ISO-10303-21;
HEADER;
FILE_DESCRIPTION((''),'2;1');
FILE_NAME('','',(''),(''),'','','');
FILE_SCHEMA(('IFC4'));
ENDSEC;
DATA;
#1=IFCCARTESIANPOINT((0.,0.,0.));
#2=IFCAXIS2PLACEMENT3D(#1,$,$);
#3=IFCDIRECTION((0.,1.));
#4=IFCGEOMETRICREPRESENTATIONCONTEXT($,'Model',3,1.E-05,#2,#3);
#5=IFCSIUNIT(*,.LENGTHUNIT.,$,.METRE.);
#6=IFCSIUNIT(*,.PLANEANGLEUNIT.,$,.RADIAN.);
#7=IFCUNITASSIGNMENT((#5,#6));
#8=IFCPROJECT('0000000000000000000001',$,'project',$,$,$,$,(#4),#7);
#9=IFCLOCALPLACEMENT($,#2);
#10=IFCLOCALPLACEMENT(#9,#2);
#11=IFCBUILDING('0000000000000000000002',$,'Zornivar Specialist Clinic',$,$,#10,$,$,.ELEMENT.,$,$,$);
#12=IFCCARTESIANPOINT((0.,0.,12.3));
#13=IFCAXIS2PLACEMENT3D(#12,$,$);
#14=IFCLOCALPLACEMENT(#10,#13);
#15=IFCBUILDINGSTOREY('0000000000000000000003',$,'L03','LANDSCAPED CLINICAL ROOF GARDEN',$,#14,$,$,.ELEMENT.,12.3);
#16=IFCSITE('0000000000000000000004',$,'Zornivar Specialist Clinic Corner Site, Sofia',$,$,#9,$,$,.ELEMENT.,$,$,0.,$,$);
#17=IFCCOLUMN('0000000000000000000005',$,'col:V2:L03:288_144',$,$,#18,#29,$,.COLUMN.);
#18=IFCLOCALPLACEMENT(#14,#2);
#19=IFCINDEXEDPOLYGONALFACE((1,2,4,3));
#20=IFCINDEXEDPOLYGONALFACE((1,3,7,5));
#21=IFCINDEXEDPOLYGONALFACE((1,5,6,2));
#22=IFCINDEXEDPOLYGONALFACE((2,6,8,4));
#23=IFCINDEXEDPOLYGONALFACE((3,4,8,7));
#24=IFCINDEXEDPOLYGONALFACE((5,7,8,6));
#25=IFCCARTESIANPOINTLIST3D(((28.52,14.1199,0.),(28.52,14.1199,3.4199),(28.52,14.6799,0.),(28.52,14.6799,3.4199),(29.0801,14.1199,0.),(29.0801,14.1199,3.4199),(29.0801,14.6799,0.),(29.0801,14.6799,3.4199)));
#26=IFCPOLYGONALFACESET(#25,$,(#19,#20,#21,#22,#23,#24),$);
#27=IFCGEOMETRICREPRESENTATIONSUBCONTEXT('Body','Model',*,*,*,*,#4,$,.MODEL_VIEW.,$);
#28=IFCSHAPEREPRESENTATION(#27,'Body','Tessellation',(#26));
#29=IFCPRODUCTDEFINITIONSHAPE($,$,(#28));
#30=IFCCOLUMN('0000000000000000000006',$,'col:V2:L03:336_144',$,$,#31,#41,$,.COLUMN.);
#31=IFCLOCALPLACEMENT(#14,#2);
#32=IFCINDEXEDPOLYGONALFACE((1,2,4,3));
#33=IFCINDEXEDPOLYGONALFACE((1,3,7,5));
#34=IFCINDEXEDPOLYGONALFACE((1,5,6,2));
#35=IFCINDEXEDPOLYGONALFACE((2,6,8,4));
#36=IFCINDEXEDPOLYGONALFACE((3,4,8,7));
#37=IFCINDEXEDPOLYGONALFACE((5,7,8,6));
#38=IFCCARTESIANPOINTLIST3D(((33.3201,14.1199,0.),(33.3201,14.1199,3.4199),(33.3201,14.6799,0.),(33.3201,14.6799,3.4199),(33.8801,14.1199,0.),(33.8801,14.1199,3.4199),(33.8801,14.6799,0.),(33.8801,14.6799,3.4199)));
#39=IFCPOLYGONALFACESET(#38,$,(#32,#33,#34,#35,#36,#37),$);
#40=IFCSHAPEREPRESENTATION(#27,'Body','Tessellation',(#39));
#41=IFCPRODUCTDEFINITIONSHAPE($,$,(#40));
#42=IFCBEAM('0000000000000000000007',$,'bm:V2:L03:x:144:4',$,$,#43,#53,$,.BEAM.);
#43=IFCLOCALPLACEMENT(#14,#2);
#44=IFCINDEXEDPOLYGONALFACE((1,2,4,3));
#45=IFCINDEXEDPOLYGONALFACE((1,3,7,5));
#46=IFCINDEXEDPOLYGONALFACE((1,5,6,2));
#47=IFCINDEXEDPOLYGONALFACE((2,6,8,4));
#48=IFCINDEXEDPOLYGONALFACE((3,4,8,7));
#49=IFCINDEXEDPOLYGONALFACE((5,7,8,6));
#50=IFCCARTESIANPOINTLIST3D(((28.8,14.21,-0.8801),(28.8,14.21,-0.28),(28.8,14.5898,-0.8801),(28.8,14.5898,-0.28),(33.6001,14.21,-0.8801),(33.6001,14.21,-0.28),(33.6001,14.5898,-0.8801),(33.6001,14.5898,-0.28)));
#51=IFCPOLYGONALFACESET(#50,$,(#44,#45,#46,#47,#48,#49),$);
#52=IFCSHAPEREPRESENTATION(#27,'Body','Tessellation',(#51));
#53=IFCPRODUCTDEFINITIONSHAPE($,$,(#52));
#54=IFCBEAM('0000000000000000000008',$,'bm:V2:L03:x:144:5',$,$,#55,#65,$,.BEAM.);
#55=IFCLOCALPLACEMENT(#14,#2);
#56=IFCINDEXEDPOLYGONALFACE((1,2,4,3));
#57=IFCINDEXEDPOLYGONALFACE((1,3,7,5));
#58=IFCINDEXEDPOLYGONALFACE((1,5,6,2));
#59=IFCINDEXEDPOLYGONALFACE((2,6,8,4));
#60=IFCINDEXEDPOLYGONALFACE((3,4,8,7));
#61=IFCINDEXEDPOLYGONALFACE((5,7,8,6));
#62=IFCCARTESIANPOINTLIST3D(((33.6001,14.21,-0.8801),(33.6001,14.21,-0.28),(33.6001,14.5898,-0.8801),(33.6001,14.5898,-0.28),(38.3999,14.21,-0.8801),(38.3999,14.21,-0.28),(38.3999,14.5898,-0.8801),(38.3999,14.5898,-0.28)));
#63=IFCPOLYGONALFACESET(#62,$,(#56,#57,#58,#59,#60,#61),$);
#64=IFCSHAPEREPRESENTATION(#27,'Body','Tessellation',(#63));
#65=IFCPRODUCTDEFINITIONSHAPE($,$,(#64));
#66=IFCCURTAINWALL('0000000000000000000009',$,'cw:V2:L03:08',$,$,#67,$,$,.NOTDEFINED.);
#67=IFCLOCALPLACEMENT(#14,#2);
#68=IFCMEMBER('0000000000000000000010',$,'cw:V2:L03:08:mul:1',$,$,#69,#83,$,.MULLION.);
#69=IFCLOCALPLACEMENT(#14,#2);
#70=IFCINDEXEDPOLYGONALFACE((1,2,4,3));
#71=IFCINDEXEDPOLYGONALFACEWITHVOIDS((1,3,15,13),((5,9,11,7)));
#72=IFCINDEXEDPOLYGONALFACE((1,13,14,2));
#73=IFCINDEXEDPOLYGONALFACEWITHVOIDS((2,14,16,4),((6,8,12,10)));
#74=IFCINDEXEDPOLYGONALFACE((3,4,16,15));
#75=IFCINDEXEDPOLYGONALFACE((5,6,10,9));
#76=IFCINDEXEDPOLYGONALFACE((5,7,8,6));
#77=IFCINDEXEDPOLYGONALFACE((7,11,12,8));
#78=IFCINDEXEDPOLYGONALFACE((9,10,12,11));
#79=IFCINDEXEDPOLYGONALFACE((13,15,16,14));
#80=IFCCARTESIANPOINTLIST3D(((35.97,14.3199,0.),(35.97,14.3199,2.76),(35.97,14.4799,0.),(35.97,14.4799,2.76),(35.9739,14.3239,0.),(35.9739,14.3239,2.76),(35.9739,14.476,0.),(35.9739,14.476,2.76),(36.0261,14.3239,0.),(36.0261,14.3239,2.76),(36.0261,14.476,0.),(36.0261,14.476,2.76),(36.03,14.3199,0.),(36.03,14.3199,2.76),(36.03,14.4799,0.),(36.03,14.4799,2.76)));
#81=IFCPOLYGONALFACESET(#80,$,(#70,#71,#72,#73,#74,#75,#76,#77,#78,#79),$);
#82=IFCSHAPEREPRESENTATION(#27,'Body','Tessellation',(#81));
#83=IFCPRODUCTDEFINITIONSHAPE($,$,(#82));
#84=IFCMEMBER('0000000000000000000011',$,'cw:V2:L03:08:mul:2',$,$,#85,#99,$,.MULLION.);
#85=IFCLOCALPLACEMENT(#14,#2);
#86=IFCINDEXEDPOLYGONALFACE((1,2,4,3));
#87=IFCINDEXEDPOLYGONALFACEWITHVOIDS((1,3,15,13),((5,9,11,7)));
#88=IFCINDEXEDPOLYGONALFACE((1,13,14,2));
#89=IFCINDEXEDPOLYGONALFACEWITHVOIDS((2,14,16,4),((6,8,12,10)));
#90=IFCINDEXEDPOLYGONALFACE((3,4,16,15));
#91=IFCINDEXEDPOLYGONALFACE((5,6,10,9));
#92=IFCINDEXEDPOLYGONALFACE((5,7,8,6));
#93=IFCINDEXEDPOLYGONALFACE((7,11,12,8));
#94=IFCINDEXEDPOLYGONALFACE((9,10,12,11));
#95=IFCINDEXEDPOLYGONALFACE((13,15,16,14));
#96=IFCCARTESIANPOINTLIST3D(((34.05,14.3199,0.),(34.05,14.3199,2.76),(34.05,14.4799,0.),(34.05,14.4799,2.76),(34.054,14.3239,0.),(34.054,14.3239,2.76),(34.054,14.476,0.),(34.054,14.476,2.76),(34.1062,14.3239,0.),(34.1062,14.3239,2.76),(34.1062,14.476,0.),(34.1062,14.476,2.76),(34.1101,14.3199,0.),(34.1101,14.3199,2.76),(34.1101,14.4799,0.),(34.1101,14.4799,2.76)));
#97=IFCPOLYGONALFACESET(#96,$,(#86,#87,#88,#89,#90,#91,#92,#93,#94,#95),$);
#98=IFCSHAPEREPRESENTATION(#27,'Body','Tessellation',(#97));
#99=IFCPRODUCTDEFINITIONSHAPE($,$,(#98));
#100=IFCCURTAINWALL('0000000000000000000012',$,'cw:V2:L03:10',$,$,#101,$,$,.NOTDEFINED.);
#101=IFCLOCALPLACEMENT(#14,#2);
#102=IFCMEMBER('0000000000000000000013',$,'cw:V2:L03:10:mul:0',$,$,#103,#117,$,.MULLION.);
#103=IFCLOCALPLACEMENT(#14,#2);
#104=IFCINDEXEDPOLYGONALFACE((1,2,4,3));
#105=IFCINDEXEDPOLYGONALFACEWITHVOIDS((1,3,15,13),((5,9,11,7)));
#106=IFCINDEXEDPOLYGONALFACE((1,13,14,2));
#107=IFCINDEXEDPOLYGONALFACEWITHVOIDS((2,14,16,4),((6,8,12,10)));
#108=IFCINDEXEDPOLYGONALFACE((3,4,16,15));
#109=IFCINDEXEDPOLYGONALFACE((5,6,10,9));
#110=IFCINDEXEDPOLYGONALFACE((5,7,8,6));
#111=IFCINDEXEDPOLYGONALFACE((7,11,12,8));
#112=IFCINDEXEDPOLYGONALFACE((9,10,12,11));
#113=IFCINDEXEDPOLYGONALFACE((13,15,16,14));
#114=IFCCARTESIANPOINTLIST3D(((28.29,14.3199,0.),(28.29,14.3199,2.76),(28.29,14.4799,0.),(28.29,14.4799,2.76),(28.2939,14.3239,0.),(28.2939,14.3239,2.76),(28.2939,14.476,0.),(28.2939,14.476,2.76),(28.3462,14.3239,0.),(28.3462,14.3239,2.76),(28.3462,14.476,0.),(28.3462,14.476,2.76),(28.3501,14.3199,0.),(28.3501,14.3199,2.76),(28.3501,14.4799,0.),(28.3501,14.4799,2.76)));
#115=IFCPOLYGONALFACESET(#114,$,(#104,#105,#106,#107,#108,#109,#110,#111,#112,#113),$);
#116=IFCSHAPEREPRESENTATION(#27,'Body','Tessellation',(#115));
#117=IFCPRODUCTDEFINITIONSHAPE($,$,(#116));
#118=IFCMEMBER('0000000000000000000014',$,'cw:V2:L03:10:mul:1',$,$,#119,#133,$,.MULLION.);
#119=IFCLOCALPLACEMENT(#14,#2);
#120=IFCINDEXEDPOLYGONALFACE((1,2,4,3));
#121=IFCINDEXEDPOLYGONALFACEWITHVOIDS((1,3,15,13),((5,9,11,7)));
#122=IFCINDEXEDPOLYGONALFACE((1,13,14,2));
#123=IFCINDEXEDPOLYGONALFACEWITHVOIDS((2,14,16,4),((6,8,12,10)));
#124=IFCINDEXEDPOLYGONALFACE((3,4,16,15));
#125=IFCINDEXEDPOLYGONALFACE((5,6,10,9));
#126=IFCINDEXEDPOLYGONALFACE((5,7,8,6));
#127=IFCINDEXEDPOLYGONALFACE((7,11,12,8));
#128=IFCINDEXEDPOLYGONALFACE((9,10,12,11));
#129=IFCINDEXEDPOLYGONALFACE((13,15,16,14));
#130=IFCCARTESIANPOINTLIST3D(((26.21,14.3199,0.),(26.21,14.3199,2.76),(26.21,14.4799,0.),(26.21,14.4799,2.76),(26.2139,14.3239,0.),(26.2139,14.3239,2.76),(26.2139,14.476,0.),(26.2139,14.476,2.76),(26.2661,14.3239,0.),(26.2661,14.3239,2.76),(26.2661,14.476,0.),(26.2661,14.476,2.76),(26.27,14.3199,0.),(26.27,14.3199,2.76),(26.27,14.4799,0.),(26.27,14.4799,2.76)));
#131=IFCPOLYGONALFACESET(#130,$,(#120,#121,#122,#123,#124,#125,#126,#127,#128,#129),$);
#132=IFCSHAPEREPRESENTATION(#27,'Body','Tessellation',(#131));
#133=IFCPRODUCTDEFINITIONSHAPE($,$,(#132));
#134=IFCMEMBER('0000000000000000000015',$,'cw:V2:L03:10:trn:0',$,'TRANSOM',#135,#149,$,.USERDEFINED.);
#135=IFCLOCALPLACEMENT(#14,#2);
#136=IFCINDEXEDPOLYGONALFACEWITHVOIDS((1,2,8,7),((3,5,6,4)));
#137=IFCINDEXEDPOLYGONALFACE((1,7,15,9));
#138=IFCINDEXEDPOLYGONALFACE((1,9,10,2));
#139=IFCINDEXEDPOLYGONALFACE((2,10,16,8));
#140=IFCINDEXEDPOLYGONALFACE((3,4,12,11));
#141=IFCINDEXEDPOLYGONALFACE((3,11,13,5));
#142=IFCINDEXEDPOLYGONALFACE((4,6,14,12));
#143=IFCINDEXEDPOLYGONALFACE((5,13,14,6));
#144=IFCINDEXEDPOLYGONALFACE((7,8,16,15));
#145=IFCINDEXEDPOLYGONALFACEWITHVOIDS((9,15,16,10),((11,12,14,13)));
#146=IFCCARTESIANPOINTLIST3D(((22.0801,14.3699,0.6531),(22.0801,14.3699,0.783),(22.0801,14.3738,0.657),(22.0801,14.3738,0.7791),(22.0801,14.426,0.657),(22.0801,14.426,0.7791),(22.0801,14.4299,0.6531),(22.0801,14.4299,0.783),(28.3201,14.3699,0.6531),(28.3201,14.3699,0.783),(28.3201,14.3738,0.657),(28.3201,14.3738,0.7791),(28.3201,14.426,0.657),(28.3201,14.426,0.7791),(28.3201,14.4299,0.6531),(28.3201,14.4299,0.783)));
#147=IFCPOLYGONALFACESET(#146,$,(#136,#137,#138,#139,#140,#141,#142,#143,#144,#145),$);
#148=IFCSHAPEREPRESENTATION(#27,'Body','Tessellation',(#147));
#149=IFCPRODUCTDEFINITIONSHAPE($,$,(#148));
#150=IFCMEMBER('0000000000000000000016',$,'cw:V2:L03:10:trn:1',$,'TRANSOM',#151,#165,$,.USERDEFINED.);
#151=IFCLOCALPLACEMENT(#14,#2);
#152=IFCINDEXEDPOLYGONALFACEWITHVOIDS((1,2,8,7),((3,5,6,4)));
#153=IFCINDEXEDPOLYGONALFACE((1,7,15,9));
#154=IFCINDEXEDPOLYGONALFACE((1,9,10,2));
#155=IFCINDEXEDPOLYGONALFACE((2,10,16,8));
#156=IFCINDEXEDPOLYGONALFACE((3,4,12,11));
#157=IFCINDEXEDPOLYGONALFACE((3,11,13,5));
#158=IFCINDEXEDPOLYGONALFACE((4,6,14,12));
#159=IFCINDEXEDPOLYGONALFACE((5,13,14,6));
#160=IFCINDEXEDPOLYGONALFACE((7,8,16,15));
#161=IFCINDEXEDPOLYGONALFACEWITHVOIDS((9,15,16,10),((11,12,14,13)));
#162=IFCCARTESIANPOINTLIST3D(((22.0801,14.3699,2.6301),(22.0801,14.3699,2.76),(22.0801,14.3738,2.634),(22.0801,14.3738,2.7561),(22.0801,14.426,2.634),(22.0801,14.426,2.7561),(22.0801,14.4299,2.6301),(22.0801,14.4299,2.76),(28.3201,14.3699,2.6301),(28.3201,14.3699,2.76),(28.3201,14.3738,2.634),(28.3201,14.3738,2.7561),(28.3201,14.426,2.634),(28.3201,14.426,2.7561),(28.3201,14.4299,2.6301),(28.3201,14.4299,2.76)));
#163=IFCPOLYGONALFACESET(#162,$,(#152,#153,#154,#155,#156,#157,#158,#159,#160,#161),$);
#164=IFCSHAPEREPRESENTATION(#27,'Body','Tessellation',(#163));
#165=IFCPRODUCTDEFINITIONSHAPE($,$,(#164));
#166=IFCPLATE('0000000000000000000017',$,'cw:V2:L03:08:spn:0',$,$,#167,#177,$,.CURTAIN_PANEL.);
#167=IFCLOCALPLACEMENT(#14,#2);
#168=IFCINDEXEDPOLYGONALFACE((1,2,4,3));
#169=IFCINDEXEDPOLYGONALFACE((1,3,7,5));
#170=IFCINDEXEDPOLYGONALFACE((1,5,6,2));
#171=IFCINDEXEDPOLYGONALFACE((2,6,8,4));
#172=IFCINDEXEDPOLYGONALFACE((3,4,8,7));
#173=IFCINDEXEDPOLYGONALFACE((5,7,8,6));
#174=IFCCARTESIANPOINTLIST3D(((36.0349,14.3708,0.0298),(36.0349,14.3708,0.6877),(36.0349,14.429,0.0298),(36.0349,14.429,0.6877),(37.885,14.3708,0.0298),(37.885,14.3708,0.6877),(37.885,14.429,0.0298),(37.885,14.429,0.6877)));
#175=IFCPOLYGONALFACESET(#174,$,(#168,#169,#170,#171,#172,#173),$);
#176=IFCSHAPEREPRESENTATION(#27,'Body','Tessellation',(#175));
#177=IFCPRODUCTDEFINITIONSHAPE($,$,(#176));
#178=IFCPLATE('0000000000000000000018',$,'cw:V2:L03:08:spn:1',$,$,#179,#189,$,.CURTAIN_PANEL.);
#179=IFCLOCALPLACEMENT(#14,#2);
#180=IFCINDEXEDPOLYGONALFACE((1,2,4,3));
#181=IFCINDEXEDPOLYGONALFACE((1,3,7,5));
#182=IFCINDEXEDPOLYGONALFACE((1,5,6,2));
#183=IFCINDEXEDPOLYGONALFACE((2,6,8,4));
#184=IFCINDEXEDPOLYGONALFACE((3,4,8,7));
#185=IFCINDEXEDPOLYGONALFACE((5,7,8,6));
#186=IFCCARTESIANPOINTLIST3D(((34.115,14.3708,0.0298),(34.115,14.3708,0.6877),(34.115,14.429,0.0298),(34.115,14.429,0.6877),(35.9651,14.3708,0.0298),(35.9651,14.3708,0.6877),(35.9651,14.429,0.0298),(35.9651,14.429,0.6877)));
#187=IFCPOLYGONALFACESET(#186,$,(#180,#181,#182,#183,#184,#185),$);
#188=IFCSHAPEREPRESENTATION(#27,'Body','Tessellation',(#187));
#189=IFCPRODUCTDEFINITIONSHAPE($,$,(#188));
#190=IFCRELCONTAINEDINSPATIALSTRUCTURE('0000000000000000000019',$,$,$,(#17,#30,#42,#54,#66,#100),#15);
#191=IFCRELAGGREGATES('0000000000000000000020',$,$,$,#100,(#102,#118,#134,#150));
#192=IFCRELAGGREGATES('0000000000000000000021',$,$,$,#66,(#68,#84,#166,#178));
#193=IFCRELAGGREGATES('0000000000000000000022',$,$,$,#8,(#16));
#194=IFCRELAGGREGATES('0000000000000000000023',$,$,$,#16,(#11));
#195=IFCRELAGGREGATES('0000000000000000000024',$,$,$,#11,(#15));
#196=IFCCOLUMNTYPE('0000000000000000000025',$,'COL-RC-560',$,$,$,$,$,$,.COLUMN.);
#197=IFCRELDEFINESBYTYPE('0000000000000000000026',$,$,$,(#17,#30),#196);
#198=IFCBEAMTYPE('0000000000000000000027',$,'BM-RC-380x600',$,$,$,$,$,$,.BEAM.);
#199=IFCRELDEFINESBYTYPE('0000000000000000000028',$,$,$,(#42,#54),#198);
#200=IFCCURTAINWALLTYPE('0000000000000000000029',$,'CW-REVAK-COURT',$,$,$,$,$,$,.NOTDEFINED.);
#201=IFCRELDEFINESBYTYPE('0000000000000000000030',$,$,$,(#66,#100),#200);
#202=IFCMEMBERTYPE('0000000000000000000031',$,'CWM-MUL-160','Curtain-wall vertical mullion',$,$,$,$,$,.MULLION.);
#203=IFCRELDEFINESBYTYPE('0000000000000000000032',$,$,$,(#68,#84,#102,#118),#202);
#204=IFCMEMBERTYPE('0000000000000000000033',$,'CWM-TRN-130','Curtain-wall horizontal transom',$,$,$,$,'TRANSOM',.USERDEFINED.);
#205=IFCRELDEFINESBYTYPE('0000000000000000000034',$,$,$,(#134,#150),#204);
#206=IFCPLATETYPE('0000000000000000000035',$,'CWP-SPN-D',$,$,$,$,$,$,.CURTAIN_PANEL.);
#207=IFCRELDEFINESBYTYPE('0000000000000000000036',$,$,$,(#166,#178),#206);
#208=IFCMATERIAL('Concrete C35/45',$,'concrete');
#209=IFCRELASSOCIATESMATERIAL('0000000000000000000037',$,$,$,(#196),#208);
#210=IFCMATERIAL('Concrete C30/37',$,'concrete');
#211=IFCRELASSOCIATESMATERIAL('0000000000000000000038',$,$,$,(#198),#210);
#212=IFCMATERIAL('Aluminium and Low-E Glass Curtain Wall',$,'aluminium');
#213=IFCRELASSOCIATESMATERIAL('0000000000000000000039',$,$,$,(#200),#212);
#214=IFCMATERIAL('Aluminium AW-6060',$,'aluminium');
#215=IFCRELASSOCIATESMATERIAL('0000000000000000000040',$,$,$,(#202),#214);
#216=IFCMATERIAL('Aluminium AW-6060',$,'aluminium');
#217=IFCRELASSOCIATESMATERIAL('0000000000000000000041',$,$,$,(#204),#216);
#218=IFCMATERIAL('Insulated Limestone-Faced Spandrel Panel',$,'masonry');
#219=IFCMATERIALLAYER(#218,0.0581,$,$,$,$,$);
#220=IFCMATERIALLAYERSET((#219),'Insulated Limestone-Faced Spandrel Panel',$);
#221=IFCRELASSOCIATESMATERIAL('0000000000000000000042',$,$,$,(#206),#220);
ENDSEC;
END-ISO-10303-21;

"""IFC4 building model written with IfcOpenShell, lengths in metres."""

from ifc_helpers import new_model, si_unit, direction, frame, origin, origin_2d, place, context, subcontext, project, spatial, rectangle, hollow_rectangle, extrude, material, layer, layer_set, material_profile, profile_set, type_object, element, aggregate, save


model = new_model("IFC4")

# Units and contexts
model_context = context("Model", 3, precision=1e-05, world=origin(), true_north=direction((0.0, 1.0)))
body_context = subcontext(model_context, "Body", "Model", "MODEL_VIEW")
ifc_project = project(units=[si_unit("LENGTHUNIT", "METRE"), si_unit("PLANEANGLEUNIT", "RADIAN")], contexts=[model_context])

# Site, building, storey
site_placement = place(None, origin())
site = spatial("IfcSite", under=ifc_project, at=site_placement, Name="Zornivar Specialist Clinic Corner Site, Sofia", CompositionType="ELEMENT", RefElevation=0.0)
building_placement = place(site_placement, origin())
building = spatial("IfcBuilding", under=site, at=building_placement, Name="Zornivar Specialist Clinic", CompositionType="ELEMENT")
storey_placement = place(building_placement, frame((0.0, 0.0, 12.3)))
storey = spatial("IfcBuildingStorey", under=building, at=storey_placement, Name="L03", Description="LANDSCAPED CLINICAL ROOF GARDEN", CompositionType="ELEMENT", Elevation=12.3)

# Columns
ifc_material_1 = material(Name="Concrete C35/45", Category="concrete")
ifc_material_profile_1 = material_profile(ifc_material_1, rectangle(XDim=0.5601, YDim=0.5601, at=origin_2d()), Name="RC 560x560")
ifc_profile_set_1 = profile_set([ifc_material_profile_1], Name="Concrete C35/45")
column_type = type_object("IfcColumnType", Name="COL-RC-560", PredefinedType="COLUMN", material=ifc_profile_set_1)
for number, where, z_axis, x_axis, name in (
    (1, (28.8, 14.3999, 0.0), (0.0, 0.0, 1.0), (1.0, 0.0, 0.0), "col:V2:L03:288_144"),
    (2, (33.6001, 14.3999, 0.0), (0.0, 0.0, 1.0), (1.0, 0.0, 0.0), "col:V2:L03:336_144"),
):
    element("IfcColumn", number, at=place(storey_placement, frame(where, z_axis=z_axis, x_axis=x_axis)), inside=storey, type_object=column_type, Name=name, PredefinedType="COLUMN", context=body_context, shape_type="SweptSolid", body=[
        extrude(rectangle(XDim=0.5601, YDim=0.5601, at=origin_2d()), origin(), (0.0, 0.0, 1.0), 3.4199),
    ])

# Beams
ifc_material_2 = material(Name="Concrete C30/37", Category="concrete")
ifc_material_profile_2 = material_profile(ifc_material_2, rectangle(XDim=0.3799, YDim=0.6001, at=origin_2d()), Name="RC 380x600")
ifc_profile_set_2 = profile_set([ifc_material_profile_2], Name="Concrete C30/37")
beam_type = type_object("IfcBeamType", Name="BM-RC-380x600", PredefinedType="BEAM", material=ifc_profile_set_2)
beam_1_placement = place(storey_placement, frame((28.8, 14.3999, -0.5801), z_axis=(1.0, 0.0, 0.0), x_axis=(0.0, 1.0, 0.0)))
element("IfcBeam", 3, at=beam_1_placement, inside=storey, type_object=beam_type, Name="bm:V2:L03:x:144:4", PredefinedType="BEAM", context=body_context, shape_type="SweptSolid", body=[
    extrude(rectangle(XDim=0.3799, YDim=0.6001, at=origin_2d()), origin(), (0.0, 0.0, 1.0), 4.8),
])
beam_2_placement = place(storey_placement, frame((33.6001, 14.3999, -0.5801), z_axis=(1.0, 0.0, 0.0), x_axis=(0.0, 1.0, 0.0)))
element("IfcBeam", 4, at=beam_2_placement, inside=storey, type_object=beam_type, Name="bm:V2:L03:x:144:5", PredefinedType="BEAM", context=body_context, shape_type="SweptSolid", body=[
    extrude(rectangle(XDim=0.3799, YDim=0.6001, at=origin_2d()), origin(), (0.0, 0.0, 1.0), 4.7998),
])

# Curtain walls, members
ifc_material_3 = material(Name="Aluminium and Low-E Glass Curtain Wall", Category="aluminium")
curtain_wall_type = type_object("IfcCurtainWallType", Name="CW-REVAK-COURT", PredefinedType="NOTDEFINED", material=ifc_material_3)
curtain_wall_1_placement = place(storey_placement, origin())
curtain_wall_1 = element("IfcCurtainWall", 5, at=curtain_wall_1_placement, inside=storey, type_object=curtain_wall_type, Name="cw:V2:L03:08", PredefinedType="NOTDEFINED")
ifc_material_4 = material(Name="Aluminium AW-6060", Category="aluminium")
ifc_material_profile_3 = material_profile(ifc_material_4, hollow_rectangle(XDim=0.0601, YDim=0.1599, WallThickness=0.0039, at=origin_2d()), Name="ALU 60x160x4")
ifc_profile_set_3 = profile_set([ifc_material_profile_3], Name="Aluminium AW-6060")
member_type_1 = type_object("IfcMemberType", Name="CWM-MUL-160", Description="Curtain-wall vertical mullion", PredefinedType="MULLION", material=ifc_profile_set_3)
member_1_placement = place(storey_placement, frame((36.0, 14.3999, 0.0), z_axis=(0.0, 0.0, 1.0), x_axis=(1.0, 0.0, 0.0)))
member_1 = element("IfcMember", 6, at=member_1_placement, type_object=member_type_1, Name="cw:V2:L03:08:mul:1", PredefinedType="MULLION", context=body_context, shape_type="SweptSolid", body=[
    extrude(hollow_rectangle(XDim=0.0601, YDim=0.1599, WallThickness=0.0039, at=origin_2d()), origin(), (0.0, 0.0, 1.0), 2.76),
])
member_2_placement = place(storey_placement, frame((34.0801, 14.3999, 0.0), z_axis=(0.0, 0.0, 1.0), x_axis=(1.0, 0.0, 0.0)))
member_2 = element("IfcMember", 7, at=member_2_placement, type_object=member_type_1, Name="cw:V2:L03:08:mul:2", PredefinedType="MULLION", context=body_context, shape_type="SweptSolid", body=[
    extrude(hollow_rectangle(XDim=0.0601, YDim=0.1599, WallThickness=0.0039, at=origin_2d()), origin(), (0.0, 0.0, 1.0), 2.76),
])
curtain_wall_2_placement = place(storey_placement, origin())
curtain_wall_2 = element("IfcCurtainWall", 8, at=curtain_wall_2_placement, inside=storey, type_object=curtain_wall_type, Name="cw:V2:L03:10", PredefinedType="NOTDEFINED")
member_3_placement = place(storey_placement, frame((28.3201, 14.3999, 0.0), z_axis=(0.0, 0.0, 1.0), x_axis=(1.0, 0.0, 0.0)))
member_3 = element("IfcMember", 9, at=member_3_placement, type_object=member_type_1, Name="cw:V2:L03:10:mul:0", PredefinedType="MULLION", context=body_context, shape_type="SweptSolid", body=[
    extrude(hollow_rectangle(XDim=0.0601, YDim=0.1599, WallThickness=0.0039, at=origin_2d()), origin(), (0.0, 0.0, 1.0), 2.76),
])
member_4_placement = place(storey_placement, frame((26.24, 14.3999, 0.0), z_axis=(0.0, 0.0, 1.0), x_axis=(1.0, 0.0, 0.0)))
member_4 = element("IfcMember", 10, at=member_4_placement, type_object=member_type_1, Name="cw:V2:L03:10:mul:1", PredefinedType="MULLION", context=body_context, shape_type="SweptSolid", body=[
    extrude(hollow_rectangle(XDim=0.0601, YDim=0.1599, WallThickness=0.0039, at=origin_2d()), origin(), (0.0, 0.0, 1.0), 2.76),
])
ifc_material_5 = material(Name="Aluminium AW-6060", Category="aluminium")
ifc_material_profile_4 = material_profile(ifc_material_5, hollow_rectangle(XDim=0.0601, YDim=0.1299, WallThickness=0.0039, at=origin_2d()), Name="ALU 60x130x4")
ifc_profile_set_4 = profile_set([ifc_material_profile_4], Name="Aluminium AW-6060")
member_type_2 = type_object("IfcMemberType", Name="CWM-TRN-130", Description="Curtain-wall horizontal transom", ElementType="TRANSOM", PredefinedType="USERDEFINED", material=ifc_profile_set_4)
member_5_placement = place(storey_placement, frame((28.3201, 14.3999, 0.718), z_axis=(-1.0, 0.0, 0.0), x_axis=(0.0, -1.0, 0.0)))
member_5 = element("IfcMember", 11, at=member_5_placement, type_object=member_type_2, Name="cw:V2:L03:10:trn:0", ObjectType="TRANSOM", PredefinedType="USERDEFINED", context=body_context, shape_type="SweptSolid", body=[
    extrude(hollow_rectangle(XDim=0.0601, YDim=0.1299, WallThickness=0.0039, at=origin_2d()), origin(), (0.0, 0.0, 1.0), 6.24),
])
member_6_placement = place(storey_placement, frame((28.3201, 14.3999, 2.6951), z_axis=(-1.0, 0.0, 0.0), x_axis=(0.0, -1.0, 0.0)))
member_6 = element("IfcMember", 12, at=member_6_placement, type_object=member_type_2, Name="cw:V2:L03:10:trn:1", ObjectType="TRANSOM", PredefinedType="USERDEFINED", context=body_context, shape_type="SweptSolid", body=[
    extrude(hollow_rectangle(XDim=0.0601, YDim=0.1299, WallThickness=0.0039, at=origin_2d()), origin(), (0.0, 0.0, 1.0), 6.24),
])

# Plates
ifc_material_6 = material(Name="Insulated Limestone-Faced Spandrel Panel", Category="masonry")
ifc_layer_1 = layer(ifc_material_6, 0.0581)
ifc_layer_set_1 = layer_set([ifc_layer_1], Name="Insulated Limestone-Faced Spandrel Panel")
plate_type_1 = type_object("IfcPlateType", Name="CWP-SPN-D", PredefinedType="CURTAIN_PANEL", material=ifc_layer_set_1)
plate_1_placement = place(storey_placement, frame((36.96, 14.3999, 0.0298), z_axis=(0.0, 0.0, 1.0), x_axis=(-1.0, 0.0, 0.0)))
plate_1 = element("IfcPlate", 13, at=plate_1_placement, type_object=plate_type_1, Name="cw:V2:L03:08:spn:0", PredefinedType="CURTAIN_PANEL", context=body_context, shape_type="SweptSolid", body=[
    extrude(rectangle(XDim=1.8501, YDim=0.0581, at=origin_2d()), origin(), (0.0, 0.0, 1.0), 0.658),
])
plate_2_placement = place(storey_placement, frame((35.04, 14.3999, 0.0298), z_axis=(0.0, 0.0, 1.0), x_axis=(-1.0, 0.0, 0.0)))
plate_2 = element("IfcPlate", 14, at=plate_2_placement, type_object=plate_type_1, Name="cw:V2:L03:08:spn:1", PredefinedType="CURTAIN_PANEL", context=body_context, shape_type="SweptSolid", body=[
    extrude(rectangle(XDim=1.8501, YDim=0.0581, at=origin_2d()), origin(), (0.0, 0.0, 1.0), 0.658),
])
aggregate(curtain_wall_2, [member_3, member_4, member_5, member_6])
aggregate(curtain_wall_1, [member_1, member_2, plate_1, plate_2])

save(model, "model.ifc")
